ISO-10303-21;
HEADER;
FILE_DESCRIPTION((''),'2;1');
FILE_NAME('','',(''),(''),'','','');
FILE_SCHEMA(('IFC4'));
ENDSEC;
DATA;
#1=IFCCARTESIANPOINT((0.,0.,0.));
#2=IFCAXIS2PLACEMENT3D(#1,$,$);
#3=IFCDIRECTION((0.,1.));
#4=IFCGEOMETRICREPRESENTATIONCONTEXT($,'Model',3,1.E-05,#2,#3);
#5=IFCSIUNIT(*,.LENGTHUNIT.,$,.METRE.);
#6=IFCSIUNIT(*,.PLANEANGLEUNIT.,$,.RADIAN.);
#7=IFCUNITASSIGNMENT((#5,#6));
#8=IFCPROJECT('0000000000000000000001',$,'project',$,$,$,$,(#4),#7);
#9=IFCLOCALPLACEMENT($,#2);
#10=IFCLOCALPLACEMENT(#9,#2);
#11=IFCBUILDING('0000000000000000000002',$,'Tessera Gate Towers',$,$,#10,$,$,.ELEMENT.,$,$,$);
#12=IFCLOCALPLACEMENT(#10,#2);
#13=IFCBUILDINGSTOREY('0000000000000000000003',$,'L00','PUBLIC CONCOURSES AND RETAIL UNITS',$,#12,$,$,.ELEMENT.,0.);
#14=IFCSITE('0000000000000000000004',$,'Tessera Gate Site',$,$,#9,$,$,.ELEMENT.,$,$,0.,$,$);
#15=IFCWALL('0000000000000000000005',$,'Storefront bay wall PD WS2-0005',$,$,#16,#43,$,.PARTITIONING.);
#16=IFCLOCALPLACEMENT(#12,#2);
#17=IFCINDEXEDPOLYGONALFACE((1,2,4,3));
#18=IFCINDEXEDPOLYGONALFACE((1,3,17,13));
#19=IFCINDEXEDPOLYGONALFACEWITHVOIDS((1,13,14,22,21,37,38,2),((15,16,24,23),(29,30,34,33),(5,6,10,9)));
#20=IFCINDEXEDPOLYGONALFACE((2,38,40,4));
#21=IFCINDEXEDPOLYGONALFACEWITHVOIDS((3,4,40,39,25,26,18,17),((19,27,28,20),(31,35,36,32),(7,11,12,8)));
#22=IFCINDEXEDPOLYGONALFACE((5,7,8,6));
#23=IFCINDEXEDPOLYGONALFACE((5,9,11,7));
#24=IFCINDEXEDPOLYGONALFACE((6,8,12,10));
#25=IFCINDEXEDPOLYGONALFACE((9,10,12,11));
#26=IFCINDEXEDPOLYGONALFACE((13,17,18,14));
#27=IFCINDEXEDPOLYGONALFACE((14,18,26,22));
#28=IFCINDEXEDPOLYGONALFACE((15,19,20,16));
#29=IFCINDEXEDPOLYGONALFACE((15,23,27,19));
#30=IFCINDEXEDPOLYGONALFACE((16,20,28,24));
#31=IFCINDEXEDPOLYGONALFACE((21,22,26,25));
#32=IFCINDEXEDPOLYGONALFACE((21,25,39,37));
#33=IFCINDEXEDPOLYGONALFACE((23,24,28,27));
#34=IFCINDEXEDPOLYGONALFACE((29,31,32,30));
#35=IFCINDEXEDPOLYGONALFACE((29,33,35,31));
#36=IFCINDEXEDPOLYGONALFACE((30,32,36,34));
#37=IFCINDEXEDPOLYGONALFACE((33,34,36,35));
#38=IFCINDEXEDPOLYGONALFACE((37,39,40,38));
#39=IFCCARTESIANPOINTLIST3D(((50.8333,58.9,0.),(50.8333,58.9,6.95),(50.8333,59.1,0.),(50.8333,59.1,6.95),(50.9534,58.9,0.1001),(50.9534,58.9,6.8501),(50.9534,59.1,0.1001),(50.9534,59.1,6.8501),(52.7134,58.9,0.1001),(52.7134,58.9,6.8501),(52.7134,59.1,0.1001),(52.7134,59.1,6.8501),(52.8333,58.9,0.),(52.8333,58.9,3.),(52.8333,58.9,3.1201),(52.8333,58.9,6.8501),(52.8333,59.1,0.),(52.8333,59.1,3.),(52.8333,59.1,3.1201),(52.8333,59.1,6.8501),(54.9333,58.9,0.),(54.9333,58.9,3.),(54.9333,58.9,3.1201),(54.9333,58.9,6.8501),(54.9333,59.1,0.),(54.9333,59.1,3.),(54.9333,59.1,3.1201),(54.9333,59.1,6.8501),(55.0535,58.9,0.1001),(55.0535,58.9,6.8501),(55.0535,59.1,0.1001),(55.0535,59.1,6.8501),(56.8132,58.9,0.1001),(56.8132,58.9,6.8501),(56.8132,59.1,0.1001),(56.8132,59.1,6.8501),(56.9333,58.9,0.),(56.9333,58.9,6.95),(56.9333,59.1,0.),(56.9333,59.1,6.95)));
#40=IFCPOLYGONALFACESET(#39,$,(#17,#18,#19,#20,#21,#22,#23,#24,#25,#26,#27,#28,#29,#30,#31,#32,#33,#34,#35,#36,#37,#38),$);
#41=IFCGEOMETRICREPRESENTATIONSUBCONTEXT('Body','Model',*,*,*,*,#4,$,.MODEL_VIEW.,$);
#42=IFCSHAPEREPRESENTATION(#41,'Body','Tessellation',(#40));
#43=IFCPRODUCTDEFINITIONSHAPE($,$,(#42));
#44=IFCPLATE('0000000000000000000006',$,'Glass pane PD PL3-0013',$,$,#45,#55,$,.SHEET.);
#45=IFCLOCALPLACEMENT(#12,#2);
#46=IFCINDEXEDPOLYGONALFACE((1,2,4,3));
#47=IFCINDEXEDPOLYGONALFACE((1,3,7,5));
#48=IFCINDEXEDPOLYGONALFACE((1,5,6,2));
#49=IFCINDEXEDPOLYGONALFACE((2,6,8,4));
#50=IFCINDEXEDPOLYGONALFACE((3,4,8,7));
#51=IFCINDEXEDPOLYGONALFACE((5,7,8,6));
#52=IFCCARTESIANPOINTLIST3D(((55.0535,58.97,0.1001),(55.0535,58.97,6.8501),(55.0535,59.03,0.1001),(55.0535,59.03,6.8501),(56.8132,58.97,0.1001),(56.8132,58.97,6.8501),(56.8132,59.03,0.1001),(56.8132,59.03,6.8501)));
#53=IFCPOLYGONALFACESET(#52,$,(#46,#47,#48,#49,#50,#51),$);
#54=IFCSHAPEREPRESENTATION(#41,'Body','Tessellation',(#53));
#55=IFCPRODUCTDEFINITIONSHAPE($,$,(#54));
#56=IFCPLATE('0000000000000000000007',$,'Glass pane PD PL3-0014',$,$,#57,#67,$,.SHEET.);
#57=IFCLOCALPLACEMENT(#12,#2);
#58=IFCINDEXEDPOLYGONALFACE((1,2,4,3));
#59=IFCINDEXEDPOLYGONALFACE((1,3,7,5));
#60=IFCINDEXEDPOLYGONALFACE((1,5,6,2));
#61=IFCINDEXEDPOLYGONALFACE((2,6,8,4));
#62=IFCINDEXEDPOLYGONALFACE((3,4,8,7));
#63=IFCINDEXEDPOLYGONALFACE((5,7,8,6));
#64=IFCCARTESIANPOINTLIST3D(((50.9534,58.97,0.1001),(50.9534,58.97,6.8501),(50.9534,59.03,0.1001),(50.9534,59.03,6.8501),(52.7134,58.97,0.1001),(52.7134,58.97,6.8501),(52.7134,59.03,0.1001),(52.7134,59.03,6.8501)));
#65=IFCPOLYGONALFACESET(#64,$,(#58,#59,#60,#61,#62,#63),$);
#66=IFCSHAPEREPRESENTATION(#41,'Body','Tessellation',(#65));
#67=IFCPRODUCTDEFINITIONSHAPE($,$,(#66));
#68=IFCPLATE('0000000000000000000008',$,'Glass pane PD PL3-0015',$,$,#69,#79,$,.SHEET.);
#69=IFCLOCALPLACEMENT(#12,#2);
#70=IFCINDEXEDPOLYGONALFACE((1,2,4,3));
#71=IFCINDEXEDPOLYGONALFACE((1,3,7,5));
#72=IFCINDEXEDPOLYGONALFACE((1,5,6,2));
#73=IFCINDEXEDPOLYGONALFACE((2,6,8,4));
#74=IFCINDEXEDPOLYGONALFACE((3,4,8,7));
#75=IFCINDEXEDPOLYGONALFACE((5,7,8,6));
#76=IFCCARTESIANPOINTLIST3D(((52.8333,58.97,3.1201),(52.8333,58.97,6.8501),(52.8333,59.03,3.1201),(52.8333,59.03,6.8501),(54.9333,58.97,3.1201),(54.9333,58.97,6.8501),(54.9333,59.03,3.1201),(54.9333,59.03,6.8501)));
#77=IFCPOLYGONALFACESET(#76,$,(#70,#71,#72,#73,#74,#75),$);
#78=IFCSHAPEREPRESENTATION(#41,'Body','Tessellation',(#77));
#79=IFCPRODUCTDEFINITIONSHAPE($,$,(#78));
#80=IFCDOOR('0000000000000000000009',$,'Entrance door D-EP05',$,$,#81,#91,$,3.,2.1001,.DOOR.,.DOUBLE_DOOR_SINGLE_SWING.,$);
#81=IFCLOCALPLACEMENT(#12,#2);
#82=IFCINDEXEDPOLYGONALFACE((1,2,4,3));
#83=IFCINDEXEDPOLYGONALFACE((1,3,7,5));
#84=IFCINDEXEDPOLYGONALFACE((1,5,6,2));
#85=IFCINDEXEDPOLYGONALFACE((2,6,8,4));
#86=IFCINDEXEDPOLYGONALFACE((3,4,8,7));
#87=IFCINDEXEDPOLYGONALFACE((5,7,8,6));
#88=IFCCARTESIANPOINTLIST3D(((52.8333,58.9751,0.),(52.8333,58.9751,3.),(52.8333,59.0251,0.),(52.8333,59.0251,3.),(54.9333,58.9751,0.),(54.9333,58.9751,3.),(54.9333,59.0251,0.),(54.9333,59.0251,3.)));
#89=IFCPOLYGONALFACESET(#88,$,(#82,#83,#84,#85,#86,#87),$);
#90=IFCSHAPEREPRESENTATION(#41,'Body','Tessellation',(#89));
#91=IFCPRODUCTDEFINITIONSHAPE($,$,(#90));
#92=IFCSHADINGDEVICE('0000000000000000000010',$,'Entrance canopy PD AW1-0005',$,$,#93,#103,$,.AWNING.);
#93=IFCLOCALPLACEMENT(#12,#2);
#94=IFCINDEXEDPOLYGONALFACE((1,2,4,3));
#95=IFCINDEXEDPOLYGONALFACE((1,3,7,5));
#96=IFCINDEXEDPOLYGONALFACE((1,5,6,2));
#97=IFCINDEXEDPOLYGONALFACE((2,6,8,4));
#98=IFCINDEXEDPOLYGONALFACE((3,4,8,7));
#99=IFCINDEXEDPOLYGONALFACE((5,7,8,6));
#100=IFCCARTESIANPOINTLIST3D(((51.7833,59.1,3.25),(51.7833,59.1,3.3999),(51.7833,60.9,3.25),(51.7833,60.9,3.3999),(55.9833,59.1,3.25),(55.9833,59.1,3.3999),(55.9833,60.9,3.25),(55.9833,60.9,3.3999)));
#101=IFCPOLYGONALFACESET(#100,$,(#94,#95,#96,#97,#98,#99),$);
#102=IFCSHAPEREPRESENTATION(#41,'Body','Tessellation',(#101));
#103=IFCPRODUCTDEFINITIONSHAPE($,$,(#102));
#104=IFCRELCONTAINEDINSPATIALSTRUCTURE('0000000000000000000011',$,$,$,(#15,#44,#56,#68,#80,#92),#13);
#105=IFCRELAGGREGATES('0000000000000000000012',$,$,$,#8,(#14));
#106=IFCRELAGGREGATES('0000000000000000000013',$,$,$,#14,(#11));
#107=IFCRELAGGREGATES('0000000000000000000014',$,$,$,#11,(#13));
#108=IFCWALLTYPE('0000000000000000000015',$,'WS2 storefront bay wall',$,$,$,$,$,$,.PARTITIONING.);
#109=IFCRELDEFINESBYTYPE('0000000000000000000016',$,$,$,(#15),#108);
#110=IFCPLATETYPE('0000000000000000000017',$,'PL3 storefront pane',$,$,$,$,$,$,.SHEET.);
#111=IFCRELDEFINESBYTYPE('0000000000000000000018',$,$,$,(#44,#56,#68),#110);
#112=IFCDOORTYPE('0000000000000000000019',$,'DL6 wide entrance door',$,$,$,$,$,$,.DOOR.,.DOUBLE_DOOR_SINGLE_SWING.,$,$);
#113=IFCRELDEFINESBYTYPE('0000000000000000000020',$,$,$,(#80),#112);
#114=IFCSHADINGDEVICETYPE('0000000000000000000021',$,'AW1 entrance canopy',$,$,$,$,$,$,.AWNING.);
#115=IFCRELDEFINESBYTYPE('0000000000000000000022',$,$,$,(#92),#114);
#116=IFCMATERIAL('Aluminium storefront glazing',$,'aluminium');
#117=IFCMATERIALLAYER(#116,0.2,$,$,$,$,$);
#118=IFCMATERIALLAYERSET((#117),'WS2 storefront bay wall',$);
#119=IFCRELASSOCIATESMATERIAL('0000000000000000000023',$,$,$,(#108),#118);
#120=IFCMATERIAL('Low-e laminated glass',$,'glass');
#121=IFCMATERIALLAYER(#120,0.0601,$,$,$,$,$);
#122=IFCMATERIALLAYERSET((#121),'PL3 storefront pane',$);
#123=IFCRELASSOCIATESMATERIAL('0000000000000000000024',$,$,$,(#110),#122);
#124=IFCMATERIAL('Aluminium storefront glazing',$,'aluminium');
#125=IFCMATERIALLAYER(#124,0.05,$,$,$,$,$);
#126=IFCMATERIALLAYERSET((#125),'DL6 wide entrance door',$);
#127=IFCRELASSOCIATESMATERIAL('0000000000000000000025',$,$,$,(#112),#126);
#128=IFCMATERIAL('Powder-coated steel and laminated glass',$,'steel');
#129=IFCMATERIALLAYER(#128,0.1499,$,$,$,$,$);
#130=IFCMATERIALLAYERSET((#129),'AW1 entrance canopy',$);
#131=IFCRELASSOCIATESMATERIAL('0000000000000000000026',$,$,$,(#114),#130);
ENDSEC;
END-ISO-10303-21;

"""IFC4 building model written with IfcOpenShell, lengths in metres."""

from ifc_helpers import new_model, si_unit, direction, frame, frame_2d, origin, origin_2d, place, context, subcontext, project, spatial, polyline, rectangle, outline, extrude, source, transform, mapped, material, layer, layer_set, type_object, element, fill, save


model = new_model("IFC4")

# Units and contexts
model_context = context("Model", 3, precision=1e-05, world=origin(), true_north=direction((0.0, 1.0)))
body_context = subcontext(model_context, "Body", "Model", "MODEL_VIEW")
ifc_project = project(units=[si_unit("LENGTHUNIT", "METRE"), si_unit("PLANEANGLEUNIT", "RADIAN")], contexts=[model_context])

# Site, building, storey
site_placement = place(None, origin())
site = spatial("IfcSite", under=ifc_project, at=site_placement, Name="Tessera Gate Site", CompositionType="ELEMENT", RefElevation=0.0)
building_placement = place(site_placement, origin())
building = spatial("IfcBuilding", under=site, at=building_placement, Name="Tessera Gate Towers", CompositionType="ELEMENT")
storey_placement = place(building_placement, origin())
storey = spatial("IfcBuildingStorey", under=building, at=storey_placement, Name="L00", Description="PUBLIC CONCOURSES AND RETAIL UNITS", CompositionType="ELEMENT", Elevation=0.0)

# Wall, openings, plates, door
ifc_material_1 = material(Name="Aluminium storefront glazing", Category="aluminium")
ifc_layer_1 = layer(ifc_material_1, 0.2)
ifc_layer_set_1 = layer_set([ifc_layer_1], Name="WS2 storefront bay wall")
wall_type = type_object("IfcWallType", Name="WS2 storefront bay wall", PredefinedType="PARTITIONING", material=ifc_layer_set_1)
wall_placement = place(storey_placement, frame((56.9333, 59.0, 0.0), z_axis=(0.0, 0.0, 1.0), x_axis=(-1.0, 0.0, 0.0)))
wall = element("IfcWall", 1, at=wall_placement, inside=storey, type_object=wall_type, Name="Storefront bay wall PD WS2-0005", PredefinedType="PARTITIONING", context=body_context, shape_type="SweptSolid", body=[
    extrude(rectangle(XDim=6.1001, YDim=0.2, at=frame_2d((3.05, 0.0))), origin(), (0.0, 0.0, 1.0), 6.95),
])
shared_shape_1 = source(origin(), body_context, "Body", "SweptSolid", [
    extrude(rectangle(XDim=2.1001, YDim=3.0, at=frame_2d((1.05, 1.5))), frame((0.0, 0.1099, 0.0), z_axis=(0.0, -1.0, 0.0), x_axis=(1.0, 0.0, 0.0)), (0.0, 0.0, 1.0), 0.22),
])
opening_1_placement = place(wall_placement, frame((2.0, 0.0, 0.0)))
opening_1 = element("IfcOpeningElement", 2, at=opening_1_placement, cuts=wall, PredefinedType="OPENING", context=body_context, shape_type="MappedRepresentation", body=[
    mapped(shared_shape_1, transform((0.0, 0.0, 0.0), scale=1.0)),
])
shared_shape_2 = source(origin(), body_context, "Body", "SweptSolid", [
    extrude(outline(polyline([(0.1201, 0.1001), (1.8799, 0.1001), (1.8799, 6.8501), (0.1201, 6.8501), (0.1201, 0.1001)])), frame((0.0, 0.1099, 0.0), z_axis=(0.0, -1.0, 0.0), x_axis=(1.0, 0.0, 0.0)), (0.0, 0.0, 1.0), 0.22),
])
opening_2_placement = place(wall_placement, origin())
opening_2 = element("IfcOpeningElement", 3, at=opening_2_placement, cuts=wall, PredefinedType="OPENING", context=body_context, shape_type="MappedRepresentation", body=[
    mapped(shared_shape_2, transform((0.0, 0.0, 0.0), scale=1.0)),
])
shared_shape_3 = source(origin(), body_context, "Body", "SweptSolid", [
    extrude(outline(polyline([(4.22, 0.1001), (5.98, 0.1001), (5.98, 6.8501), (4.22, 6.8501), (4.22, 0.1001)])), frame((0.0, 0.1099, 0.0), z_axis=(0.0, -1.0, 0.0), x_axis=(1.0, 0.0, 0.0)), (0.0, 0.0, 1.0), 0.22),
])
opening_3_placement = place(wall_placement, origin())
opening_3 = element("IfcOpeningElement", 4, at=opening_3_placement, cuts=wall, PredefinedType="OPENING", context=body_context, shape_type="MappedRepresentation", body=[
    mapped(shared_shape_3, transform((0.0, 0.0, 0.0), scale=1.0)),
])
shared_shape_4 = source(origin(), body_context, "Body", "SweptSolid", [
    extrude(outline(polyline([(2.0, 3.1201), (4.1001, 3.1201), (4.1001, 6.8501), (2.0, 6.8501), (2.0, 3.1201)])), frame((0.0, 0.1099, 0.0), z_axis=(0.0, -1.0, 0.0), x_axis=(1.0, 0.0, 0.0)), (0.0, 0.0, 1.0), 0.22),
])
opening_4_placement = place(wall_placement, origin())
opening_4 = element("IfcOpeningElement", 5, at=opening_4_placement, cuts=wall, PredefinedType="OPENING", context=body_context, shape_type="MappedRepresentation", body=[
    mapped(shared_shape_4, transform((0.0, 0.0, 0.0), scale=1.0)),
])
ifc_material_2 = material(Name="Low-e laminated glass", Category="glass")
ifc_layer_2 = layer(ifc_material_2, 0.0601)
ifc_layer_set_2 = layer_set([ifc_layer_2], Name="PL3 storefront pane")
plate_type_1 = type_object("IfcPlateType", Name="PL3 storefront pane", PredefinedType="SHEET", material=ifc_layer_set_2)
shared_shape_5 = source(origin(), body_context, "Body", "SweptSolid", [
    extrude(outline(polyline([(0.1201, 0.1001), (1.8799, 0.1001), (1.8799, 6.8501), (0.1201, 6.8501), (0.1201, 0.1001)])), frame((0.0, 0.03, 0.0), z_axis=(0.0, -1.0, 0.0), x_axis=(1.0, 0.0, 0.0)), (0.0, 0.0, 1.0), 0.0601),
])
plate_1_placement = place(opening_2_placement, origin())
plate_1 = element("IfcPlate", 6, at=plate_1_placement, inside=storey, type_object=plate_type_1, Name="Glass pane PD PL3-0013", PredefinedType="SHEET", context=body_context, shape_type="MappedRepresentation", body=[
    mapped(shared_shape_5, transform((0.0, 0.0, 0.0), scale=1.0)),
])
fill(opening_2, plate_1)
shared_shape_6 = source(origin(), body_context, "Body", "SweptSolid", [
    extrude(outline(polyline([(4.22, 0.1001), (5.98, 0.1001), (5.98, 6.8501), (4.22, 6.8501), (4.22, 0.1001)])), frame((0.0, 0.03, 0.0), z_axis=(0.0, -1.0, 0.0), x_axis=(1.0, 0.0, 0.0)), (0.0, 0.0, 1.0), 0.0601),
])
plate_2_placement = place(opening_3_placement, origin())
plate_2 = element("IfcPlate", 7, at=plate_2_placement, inside=storey, type_object=plate_type_1, Name="Glass pane PD PL3-0014", PredefinedType="SHEET", context=body_context, shape_type="MappedRepresentation", body=[
    mapped(shared_shape_6, transform((0.0, 0.0, 0.0), scale=1.0)),
])
fill(opening_3, plate_2)
shared_shape_7 = source(origin(), body_context, "Body", "SweptSolid", [
    extrude(outline(polyline([(2.0, 3.1201), (4.1001, 3.1201), (4.1001, 6.8501), (2.0, 6.8501), (2.0, 3.1201)])), frame((0.0, 0.03, 0.0), z_axis=(0.0, -1.0, 0.0), x_axis=(1.0, 0.0, 0.0)), (0.0, 0.0, 1.0), 0.0601),
])
plate_3_placement = place(opening_4_placement, origin())
plate_3 = element("IfcPlate", 8, at=plate_3_placement, inside=storey, type_object=plate_type_1, Name="Glass pane PD PL3-0015", PredefinedType="SHEET", context=body_context, shape_type="MappedRepresentation", body=[
    mapped(shared_shape_7, transform((0.0, 0.0, 0.0), scale=1.0)),
])
fill(opening_4, plate_3)
ifc_material_3 = material(Name="Aluminium storefront glazing", Category="aluminium")
ifc_layer_3 = layer(ifc_material_3, 0.05)
ifc_layer_set_3 = layer_set([ifc_layer_3], Name="DL6 wide entrance door")
door_type = type_object("IfcDoorType", Name="DL6 wide entrance door", OperationType="DOUBLE_DOOR_SINGLE_SWING", PredefinedType="DOOR", material=ifc_layer_set_3)
shared_shape_8 = source(origin(), body_context, "Body", "SweptSolid", [
    extrude(rectangle(XDim=2.1001, YDim=3.0, at=frame_2d((1.05, 1.5))), frame((0.0, 0.0249, 0.0), z_axis=(0.0, -1.0, 0.0), x_axis=(1.0, 0.0, 0.0)), (0.0, 0.0, 1.0), 0.05),
])
door_placement = place(opening_1_placement, origin())
door = element("IfcDoor", 9, at=door_placement, inside=storey, type_object=door_type, Name="Entrance door D-EP05", OperationType="DOUBLE_DOOR_SINGLE_SWING", OverallHeight=3.0, OverallWidth=2.1001, PredefinedType="DOOR", context=body_context, shape_type="MappedRepresentation", body=[
    mapped(shared_shape_8, transform((0.0, 0.0, 0.0), scale=1.0)),
])
fill(opening_1, door)

# Shading device
ifc_material_4 = material(Name="Powder-coated steel and laminated glass", Category="steel")
ifc_layer_4 = layer(ifc_material_4, 0.1499)
ifc_layer_set_4 = layer_set([ifc_layer_4], Name="AW1 entrance canopy")
shading_device_type = type_object("IfcShadingDeviceType", Name="AW1 entrance canopy", PredefinedType="AWNING", material=ifc_layer_set_4)
shading_device_placement = place(storey_placement, frame((53.8833, 60.0, 3.25), z_axis=(0.0, 0.0, 1.0), x_axis=(-1.0, 0.0, 0.0)))
element("IfcShadingDevice", 10, at=shading_device_placement, inside=storey, type_object=shading_device_type, Name="Entrance canopy PD AW1-0005", PredefinedType="AWNING", context=body_context, shape_type="SweptSolid", body=[
    extrude(rectangle(XDim=4.2, YDim=1.8, at=origin_2d()), origin(), (0.0, 0.0, 1.0), 0.1499),
])

save(model, "model.ifc")
